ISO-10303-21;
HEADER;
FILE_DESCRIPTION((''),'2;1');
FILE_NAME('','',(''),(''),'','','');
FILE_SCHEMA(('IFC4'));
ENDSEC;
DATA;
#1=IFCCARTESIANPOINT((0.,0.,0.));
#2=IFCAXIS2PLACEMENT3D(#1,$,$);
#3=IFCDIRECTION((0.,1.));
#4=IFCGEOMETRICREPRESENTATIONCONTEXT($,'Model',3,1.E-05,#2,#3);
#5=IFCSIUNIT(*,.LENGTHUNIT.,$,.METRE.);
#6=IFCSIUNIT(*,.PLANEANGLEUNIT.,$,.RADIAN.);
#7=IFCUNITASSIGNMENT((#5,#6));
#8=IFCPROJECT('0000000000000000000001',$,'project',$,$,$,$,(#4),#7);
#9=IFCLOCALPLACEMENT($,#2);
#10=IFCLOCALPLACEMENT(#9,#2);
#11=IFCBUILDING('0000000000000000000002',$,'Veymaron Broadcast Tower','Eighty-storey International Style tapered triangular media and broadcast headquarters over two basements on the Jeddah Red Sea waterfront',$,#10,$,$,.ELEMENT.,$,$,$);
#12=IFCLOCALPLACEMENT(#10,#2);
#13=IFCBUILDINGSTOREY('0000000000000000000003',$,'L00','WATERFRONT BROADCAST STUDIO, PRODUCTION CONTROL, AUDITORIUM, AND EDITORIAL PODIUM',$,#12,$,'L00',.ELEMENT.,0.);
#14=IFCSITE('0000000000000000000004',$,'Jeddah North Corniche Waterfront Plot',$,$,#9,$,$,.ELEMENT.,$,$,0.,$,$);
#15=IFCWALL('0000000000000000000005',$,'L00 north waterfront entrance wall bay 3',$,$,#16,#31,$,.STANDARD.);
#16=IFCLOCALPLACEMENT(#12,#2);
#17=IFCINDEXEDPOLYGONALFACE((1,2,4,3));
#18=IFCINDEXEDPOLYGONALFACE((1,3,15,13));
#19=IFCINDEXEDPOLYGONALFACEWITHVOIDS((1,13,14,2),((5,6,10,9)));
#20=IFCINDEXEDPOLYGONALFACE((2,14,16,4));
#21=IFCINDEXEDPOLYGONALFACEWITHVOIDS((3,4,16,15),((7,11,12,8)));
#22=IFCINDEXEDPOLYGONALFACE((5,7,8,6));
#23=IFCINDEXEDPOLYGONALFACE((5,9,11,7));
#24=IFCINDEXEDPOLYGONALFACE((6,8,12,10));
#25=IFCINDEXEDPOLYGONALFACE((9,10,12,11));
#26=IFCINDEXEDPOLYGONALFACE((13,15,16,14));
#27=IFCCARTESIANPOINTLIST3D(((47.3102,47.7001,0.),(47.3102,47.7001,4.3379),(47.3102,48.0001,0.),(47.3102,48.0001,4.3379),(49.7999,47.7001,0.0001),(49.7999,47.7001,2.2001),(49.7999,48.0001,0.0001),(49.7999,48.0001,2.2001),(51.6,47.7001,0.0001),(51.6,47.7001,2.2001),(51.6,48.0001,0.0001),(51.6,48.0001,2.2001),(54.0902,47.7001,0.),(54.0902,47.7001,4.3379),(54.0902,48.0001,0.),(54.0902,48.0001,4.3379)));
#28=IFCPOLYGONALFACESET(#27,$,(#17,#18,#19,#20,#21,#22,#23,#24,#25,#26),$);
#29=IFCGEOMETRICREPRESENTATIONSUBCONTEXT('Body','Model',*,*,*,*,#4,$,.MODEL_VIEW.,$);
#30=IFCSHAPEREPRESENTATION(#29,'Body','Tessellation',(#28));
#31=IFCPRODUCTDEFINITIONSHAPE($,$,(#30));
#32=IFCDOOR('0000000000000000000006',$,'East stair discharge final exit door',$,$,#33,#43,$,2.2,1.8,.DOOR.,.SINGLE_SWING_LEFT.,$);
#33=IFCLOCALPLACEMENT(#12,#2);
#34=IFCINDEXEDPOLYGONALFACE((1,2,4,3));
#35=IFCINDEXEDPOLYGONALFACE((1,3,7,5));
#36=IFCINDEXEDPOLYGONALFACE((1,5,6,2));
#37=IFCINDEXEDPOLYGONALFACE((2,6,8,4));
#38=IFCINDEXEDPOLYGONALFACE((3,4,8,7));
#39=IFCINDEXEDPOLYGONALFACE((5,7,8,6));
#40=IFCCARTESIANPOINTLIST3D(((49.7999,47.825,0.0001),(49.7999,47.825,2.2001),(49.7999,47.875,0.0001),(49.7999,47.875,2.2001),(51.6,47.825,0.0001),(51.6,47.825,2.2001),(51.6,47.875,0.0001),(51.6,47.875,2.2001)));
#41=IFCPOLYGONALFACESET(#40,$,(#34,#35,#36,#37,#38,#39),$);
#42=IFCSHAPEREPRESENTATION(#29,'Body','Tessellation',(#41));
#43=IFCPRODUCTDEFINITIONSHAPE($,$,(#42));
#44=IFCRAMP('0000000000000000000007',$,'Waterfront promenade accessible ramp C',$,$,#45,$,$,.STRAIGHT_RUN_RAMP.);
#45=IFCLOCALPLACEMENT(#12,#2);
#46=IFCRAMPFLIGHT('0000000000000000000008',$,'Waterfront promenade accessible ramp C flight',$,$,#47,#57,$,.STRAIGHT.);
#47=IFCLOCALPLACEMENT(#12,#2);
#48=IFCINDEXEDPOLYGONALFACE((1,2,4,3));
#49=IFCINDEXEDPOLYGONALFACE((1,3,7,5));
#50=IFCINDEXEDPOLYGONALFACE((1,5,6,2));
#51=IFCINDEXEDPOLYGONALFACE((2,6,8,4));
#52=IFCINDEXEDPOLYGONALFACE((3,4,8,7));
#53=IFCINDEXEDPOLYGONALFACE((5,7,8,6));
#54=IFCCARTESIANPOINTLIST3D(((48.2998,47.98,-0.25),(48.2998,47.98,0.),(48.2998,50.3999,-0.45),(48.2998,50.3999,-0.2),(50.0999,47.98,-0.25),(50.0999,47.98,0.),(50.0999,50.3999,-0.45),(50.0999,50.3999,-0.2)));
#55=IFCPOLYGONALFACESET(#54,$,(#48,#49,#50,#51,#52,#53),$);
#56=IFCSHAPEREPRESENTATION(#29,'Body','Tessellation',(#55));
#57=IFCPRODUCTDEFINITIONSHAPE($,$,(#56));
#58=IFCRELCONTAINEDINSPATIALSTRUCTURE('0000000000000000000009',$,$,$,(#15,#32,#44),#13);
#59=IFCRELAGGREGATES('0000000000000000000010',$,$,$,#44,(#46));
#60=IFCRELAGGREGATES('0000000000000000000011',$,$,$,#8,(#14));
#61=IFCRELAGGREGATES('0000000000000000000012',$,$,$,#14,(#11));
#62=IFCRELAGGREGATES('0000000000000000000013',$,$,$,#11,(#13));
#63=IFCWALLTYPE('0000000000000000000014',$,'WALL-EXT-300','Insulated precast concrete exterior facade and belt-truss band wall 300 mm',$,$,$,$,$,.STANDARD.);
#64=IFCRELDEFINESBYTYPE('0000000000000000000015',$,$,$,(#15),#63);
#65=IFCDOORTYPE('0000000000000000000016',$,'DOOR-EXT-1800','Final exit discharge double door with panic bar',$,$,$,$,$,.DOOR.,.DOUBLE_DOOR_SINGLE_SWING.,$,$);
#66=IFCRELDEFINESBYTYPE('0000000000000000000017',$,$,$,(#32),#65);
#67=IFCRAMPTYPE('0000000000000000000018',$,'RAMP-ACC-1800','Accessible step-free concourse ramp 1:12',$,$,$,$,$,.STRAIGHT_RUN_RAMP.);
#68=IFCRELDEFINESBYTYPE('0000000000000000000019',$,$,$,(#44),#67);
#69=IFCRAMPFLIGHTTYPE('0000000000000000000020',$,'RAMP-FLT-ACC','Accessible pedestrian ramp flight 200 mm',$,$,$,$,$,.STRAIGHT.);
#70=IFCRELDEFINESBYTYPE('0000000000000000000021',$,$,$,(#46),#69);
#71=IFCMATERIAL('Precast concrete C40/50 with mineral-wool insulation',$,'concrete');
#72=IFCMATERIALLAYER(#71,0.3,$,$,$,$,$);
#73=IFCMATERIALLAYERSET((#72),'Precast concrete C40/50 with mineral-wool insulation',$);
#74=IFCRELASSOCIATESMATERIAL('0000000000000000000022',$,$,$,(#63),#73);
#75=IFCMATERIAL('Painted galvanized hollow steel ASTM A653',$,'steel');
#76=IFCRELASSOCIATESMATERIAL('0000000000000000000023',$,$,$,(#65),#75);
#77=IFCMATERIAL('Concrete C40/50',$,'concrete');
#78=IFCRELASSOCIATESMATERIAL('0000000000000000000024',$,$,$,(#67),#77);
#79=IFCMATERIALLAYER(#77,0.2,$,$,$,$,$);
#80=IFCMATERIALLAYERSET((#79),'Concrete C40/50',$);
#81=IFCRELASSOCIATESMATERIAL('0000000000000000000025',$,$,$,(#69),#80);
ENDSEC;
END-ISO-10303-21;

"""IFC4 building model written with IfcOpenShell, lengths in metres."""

from ifc_helpers import new_model, si_unit, direction, frame, frame_2d, origin, place, context, subcontext, project, spatial, polyline, rectangle, outline, extrude, material, layer, layer_set, type_object, element, fill, aggregate, save


model = new_model("IFC4")

# Units and contexts
model_context = context("Model", 3, precision=1e-05, world=origin(), true_north=direction((0.0, 1.0)))
body_context = subcontext(model_context, "Body", "Model", "MODEL_VIEW")
ifc_project = project(units=[si_unit("LENGTHUNIT", "METRE"), si_unit("PLANEANGLEUNIT", "RADIAN")], contexts=[model_context])

# Site, building, storey
site_placement = place(None, origin())
site = spatial("IfcSite", under=ifc_project, at=site_placement, Name="Jeddah North Corniche Waterfront Plot", CompositionType="ELEMENT", RefElevation=0.0)
building_placement = place(site_placement, origin())
building = spatial("IfcBuilding", under=site, at=building_placement, Name="Veymaron Broadcast Tower", Description="Eighty-storey International Style tapered triangular media and broadcast headquarters over two basements on the Jeddah Red Sea waterfront", CompositionType="ELEMENT")
storey_placement = place(building_placement, origin())
storey = spatial("IfcBuildingStorey", under=building, at=storey_placement, Name="L00", Description="WATERFRONT BROADCAST STUDIO, PRODUCTION CONTROL, AUDITORIUM, AND EDITORIAL PODIUM", LongName="L00", CompositionType="ELEMENT", Elevation=0.0)

# Wall, opening, door
ifc_material_1 = material(Name="Precast concrete C40/50 with mineral-wool insulation", Category="concrete")
ifc_layer_1 = layer(ifc_material_1, 0.3)
ifc_layer_set_1 = layer_set([ifc_layer_1], Name="Precast concrete C40/50 with mineral-wool insulation")
wall_type = type_object("IfcWallType", Name="WALL-EXT-300", Description="Insulated precast concrete exterior facade and belt-truss band wall 300 mm", PredefinedType="STANDARD", material=ifc_layer_set_1)
wall_placement = place(storey_placement, frame((47.3101, 47.8501, 0.0), z_axis=(0.0, 0.0, 1.0), x_axis=(1.0, 0.0, 0.0)))
wall = element("IfcWall", 1, at=wall_placement, inside=storey, type_object=wall_type, Name="L00 north waterfront entrance wall bay 3", PredefinedType="STANDARD", context=body_context, shape_type="SweptSolid", body=[
    extrude(rectangle(XDim=6.78, YDim=0.3, at=frame_2d((3.3901, 0.0))), origin(), (0.0, 0.0, 1.0), 4.3379),
])
opening_placement = place(wall_placement, frame((2.49, 0.0, 0.0)))
opening = element("IfcOpeningElement", 2, at=opening_placement, cuts=wall, PredefinedType="OPENING", context=body_context, shape_type="SweptSolid", body=[
    extrude(rectangle(XDim=1.8, YDim=2.2, at=frame_2d((0.8999, 1.1001))), frame((0.0, 0.1602, 0.0), z_axis=(0.0, -1.0, 0.0), x_axis=(1.0, 0.0, 0.0)), (0.0, 0.0, 1.0), 0.3201),
])
ifc_material_2 = material(Name="Painted galvanized hollow steel ASTM A653", Category="steel")
door_type = type_object("IfcDoorType", Name="DOOR-EXT-1800", Description="Final exit discharge double door with panic bar", OperationType="DOUBLE_DOOR_SINGLE_SWING", PredefinedType="DOOR", material=ifc_material_2)
door_placement = place(opening_placement, origin())
door = element("IfcDoor", 3, at=door_placement, inside=storey, type_object=door_type, Name="East stair discharge final exit door", OperationType="SINGLE_SWING_LEFT", OverallHeight=2.2, OverallWidth=1.8, PredefinedType="DOOR", context=body_context, shape_type="SweptSolid", body=[
    extrude(rectangle(XDim=1.8, YDim=2.2, at=frame_2d((0.8999, 1.1001))), frame((0.0, 0.0249, 0.0), z_axis=(0.0, -1.0, 0.0), x_axis=(1.0, 0.0, 0.0)), (0.0, 0.0, 1.0), 0.05),
])
fill(opening, door)

# Ramp, ramp flight
ifc_material_3 = material(Name="Concrete C40/50", Category="concrete")
ramp_type = type_object("IfcRampType", Name="RAMP-ACC-1800", Description="Accessible step-free concourse ramp 1:12", PredefinedType="STRAIGHT_RUN_RAMP", material=ifc_material_3)
ramp_placement = place(storey_placement, origin())
ramp = element("IfcRamp", 4, at=ramp_placement, inside=storey, type_object=ramp_type, Name="Waterfront promenade accessible ramp C", PredefinedType="STRAIGHT_RUN_RAMP")
ifc_layer_2 = layer(ifc_material_3, 0.2)
ifc_layer_set_2 = layer_set([ifc_layer_2], Name="Concrete C40/50")
ramp_flight_type = type_object("IfcRampFlightType", Name="RAMP-FLT-ACC", Description="Accessible pedestrian ramp flight 200 mm", PredefinedType="STRAIGHT", material=ifc_layer_set_2)
ramp_flight_placement = place(storey_placement, frame((49.2, 50.3999, -0.2), z_axis=(0.0, 0.0, 1.0), x_axis=(0.0, -1.0, 0.0)))
ramp_flight = element("IfcRampFlight", 5, at=ramp_flight_placement, type_object=ramp_flight_type, Name="Waterfront promenade accessible ramp C flight", PredefinedType="STRAIGHT", context=body_context, shape_type="SweptSolid", body=[
    extrude(outline(polyline([(0.0, 0.0), (2.4199, 0.2), (2.4199, -0.05), (0.0, -0.25), (0.0, 0.0)])), frame((0.0, 0.8999, 0.0), z_axis=(0.0, -1.0, 0.0), x_axis=(1.0, 0.0, 0.0)), (0.0, 0.0, 1.0), 1.8),
])
aggregate(ramp, [ramp_flight])

save(model, "model.ifc")
